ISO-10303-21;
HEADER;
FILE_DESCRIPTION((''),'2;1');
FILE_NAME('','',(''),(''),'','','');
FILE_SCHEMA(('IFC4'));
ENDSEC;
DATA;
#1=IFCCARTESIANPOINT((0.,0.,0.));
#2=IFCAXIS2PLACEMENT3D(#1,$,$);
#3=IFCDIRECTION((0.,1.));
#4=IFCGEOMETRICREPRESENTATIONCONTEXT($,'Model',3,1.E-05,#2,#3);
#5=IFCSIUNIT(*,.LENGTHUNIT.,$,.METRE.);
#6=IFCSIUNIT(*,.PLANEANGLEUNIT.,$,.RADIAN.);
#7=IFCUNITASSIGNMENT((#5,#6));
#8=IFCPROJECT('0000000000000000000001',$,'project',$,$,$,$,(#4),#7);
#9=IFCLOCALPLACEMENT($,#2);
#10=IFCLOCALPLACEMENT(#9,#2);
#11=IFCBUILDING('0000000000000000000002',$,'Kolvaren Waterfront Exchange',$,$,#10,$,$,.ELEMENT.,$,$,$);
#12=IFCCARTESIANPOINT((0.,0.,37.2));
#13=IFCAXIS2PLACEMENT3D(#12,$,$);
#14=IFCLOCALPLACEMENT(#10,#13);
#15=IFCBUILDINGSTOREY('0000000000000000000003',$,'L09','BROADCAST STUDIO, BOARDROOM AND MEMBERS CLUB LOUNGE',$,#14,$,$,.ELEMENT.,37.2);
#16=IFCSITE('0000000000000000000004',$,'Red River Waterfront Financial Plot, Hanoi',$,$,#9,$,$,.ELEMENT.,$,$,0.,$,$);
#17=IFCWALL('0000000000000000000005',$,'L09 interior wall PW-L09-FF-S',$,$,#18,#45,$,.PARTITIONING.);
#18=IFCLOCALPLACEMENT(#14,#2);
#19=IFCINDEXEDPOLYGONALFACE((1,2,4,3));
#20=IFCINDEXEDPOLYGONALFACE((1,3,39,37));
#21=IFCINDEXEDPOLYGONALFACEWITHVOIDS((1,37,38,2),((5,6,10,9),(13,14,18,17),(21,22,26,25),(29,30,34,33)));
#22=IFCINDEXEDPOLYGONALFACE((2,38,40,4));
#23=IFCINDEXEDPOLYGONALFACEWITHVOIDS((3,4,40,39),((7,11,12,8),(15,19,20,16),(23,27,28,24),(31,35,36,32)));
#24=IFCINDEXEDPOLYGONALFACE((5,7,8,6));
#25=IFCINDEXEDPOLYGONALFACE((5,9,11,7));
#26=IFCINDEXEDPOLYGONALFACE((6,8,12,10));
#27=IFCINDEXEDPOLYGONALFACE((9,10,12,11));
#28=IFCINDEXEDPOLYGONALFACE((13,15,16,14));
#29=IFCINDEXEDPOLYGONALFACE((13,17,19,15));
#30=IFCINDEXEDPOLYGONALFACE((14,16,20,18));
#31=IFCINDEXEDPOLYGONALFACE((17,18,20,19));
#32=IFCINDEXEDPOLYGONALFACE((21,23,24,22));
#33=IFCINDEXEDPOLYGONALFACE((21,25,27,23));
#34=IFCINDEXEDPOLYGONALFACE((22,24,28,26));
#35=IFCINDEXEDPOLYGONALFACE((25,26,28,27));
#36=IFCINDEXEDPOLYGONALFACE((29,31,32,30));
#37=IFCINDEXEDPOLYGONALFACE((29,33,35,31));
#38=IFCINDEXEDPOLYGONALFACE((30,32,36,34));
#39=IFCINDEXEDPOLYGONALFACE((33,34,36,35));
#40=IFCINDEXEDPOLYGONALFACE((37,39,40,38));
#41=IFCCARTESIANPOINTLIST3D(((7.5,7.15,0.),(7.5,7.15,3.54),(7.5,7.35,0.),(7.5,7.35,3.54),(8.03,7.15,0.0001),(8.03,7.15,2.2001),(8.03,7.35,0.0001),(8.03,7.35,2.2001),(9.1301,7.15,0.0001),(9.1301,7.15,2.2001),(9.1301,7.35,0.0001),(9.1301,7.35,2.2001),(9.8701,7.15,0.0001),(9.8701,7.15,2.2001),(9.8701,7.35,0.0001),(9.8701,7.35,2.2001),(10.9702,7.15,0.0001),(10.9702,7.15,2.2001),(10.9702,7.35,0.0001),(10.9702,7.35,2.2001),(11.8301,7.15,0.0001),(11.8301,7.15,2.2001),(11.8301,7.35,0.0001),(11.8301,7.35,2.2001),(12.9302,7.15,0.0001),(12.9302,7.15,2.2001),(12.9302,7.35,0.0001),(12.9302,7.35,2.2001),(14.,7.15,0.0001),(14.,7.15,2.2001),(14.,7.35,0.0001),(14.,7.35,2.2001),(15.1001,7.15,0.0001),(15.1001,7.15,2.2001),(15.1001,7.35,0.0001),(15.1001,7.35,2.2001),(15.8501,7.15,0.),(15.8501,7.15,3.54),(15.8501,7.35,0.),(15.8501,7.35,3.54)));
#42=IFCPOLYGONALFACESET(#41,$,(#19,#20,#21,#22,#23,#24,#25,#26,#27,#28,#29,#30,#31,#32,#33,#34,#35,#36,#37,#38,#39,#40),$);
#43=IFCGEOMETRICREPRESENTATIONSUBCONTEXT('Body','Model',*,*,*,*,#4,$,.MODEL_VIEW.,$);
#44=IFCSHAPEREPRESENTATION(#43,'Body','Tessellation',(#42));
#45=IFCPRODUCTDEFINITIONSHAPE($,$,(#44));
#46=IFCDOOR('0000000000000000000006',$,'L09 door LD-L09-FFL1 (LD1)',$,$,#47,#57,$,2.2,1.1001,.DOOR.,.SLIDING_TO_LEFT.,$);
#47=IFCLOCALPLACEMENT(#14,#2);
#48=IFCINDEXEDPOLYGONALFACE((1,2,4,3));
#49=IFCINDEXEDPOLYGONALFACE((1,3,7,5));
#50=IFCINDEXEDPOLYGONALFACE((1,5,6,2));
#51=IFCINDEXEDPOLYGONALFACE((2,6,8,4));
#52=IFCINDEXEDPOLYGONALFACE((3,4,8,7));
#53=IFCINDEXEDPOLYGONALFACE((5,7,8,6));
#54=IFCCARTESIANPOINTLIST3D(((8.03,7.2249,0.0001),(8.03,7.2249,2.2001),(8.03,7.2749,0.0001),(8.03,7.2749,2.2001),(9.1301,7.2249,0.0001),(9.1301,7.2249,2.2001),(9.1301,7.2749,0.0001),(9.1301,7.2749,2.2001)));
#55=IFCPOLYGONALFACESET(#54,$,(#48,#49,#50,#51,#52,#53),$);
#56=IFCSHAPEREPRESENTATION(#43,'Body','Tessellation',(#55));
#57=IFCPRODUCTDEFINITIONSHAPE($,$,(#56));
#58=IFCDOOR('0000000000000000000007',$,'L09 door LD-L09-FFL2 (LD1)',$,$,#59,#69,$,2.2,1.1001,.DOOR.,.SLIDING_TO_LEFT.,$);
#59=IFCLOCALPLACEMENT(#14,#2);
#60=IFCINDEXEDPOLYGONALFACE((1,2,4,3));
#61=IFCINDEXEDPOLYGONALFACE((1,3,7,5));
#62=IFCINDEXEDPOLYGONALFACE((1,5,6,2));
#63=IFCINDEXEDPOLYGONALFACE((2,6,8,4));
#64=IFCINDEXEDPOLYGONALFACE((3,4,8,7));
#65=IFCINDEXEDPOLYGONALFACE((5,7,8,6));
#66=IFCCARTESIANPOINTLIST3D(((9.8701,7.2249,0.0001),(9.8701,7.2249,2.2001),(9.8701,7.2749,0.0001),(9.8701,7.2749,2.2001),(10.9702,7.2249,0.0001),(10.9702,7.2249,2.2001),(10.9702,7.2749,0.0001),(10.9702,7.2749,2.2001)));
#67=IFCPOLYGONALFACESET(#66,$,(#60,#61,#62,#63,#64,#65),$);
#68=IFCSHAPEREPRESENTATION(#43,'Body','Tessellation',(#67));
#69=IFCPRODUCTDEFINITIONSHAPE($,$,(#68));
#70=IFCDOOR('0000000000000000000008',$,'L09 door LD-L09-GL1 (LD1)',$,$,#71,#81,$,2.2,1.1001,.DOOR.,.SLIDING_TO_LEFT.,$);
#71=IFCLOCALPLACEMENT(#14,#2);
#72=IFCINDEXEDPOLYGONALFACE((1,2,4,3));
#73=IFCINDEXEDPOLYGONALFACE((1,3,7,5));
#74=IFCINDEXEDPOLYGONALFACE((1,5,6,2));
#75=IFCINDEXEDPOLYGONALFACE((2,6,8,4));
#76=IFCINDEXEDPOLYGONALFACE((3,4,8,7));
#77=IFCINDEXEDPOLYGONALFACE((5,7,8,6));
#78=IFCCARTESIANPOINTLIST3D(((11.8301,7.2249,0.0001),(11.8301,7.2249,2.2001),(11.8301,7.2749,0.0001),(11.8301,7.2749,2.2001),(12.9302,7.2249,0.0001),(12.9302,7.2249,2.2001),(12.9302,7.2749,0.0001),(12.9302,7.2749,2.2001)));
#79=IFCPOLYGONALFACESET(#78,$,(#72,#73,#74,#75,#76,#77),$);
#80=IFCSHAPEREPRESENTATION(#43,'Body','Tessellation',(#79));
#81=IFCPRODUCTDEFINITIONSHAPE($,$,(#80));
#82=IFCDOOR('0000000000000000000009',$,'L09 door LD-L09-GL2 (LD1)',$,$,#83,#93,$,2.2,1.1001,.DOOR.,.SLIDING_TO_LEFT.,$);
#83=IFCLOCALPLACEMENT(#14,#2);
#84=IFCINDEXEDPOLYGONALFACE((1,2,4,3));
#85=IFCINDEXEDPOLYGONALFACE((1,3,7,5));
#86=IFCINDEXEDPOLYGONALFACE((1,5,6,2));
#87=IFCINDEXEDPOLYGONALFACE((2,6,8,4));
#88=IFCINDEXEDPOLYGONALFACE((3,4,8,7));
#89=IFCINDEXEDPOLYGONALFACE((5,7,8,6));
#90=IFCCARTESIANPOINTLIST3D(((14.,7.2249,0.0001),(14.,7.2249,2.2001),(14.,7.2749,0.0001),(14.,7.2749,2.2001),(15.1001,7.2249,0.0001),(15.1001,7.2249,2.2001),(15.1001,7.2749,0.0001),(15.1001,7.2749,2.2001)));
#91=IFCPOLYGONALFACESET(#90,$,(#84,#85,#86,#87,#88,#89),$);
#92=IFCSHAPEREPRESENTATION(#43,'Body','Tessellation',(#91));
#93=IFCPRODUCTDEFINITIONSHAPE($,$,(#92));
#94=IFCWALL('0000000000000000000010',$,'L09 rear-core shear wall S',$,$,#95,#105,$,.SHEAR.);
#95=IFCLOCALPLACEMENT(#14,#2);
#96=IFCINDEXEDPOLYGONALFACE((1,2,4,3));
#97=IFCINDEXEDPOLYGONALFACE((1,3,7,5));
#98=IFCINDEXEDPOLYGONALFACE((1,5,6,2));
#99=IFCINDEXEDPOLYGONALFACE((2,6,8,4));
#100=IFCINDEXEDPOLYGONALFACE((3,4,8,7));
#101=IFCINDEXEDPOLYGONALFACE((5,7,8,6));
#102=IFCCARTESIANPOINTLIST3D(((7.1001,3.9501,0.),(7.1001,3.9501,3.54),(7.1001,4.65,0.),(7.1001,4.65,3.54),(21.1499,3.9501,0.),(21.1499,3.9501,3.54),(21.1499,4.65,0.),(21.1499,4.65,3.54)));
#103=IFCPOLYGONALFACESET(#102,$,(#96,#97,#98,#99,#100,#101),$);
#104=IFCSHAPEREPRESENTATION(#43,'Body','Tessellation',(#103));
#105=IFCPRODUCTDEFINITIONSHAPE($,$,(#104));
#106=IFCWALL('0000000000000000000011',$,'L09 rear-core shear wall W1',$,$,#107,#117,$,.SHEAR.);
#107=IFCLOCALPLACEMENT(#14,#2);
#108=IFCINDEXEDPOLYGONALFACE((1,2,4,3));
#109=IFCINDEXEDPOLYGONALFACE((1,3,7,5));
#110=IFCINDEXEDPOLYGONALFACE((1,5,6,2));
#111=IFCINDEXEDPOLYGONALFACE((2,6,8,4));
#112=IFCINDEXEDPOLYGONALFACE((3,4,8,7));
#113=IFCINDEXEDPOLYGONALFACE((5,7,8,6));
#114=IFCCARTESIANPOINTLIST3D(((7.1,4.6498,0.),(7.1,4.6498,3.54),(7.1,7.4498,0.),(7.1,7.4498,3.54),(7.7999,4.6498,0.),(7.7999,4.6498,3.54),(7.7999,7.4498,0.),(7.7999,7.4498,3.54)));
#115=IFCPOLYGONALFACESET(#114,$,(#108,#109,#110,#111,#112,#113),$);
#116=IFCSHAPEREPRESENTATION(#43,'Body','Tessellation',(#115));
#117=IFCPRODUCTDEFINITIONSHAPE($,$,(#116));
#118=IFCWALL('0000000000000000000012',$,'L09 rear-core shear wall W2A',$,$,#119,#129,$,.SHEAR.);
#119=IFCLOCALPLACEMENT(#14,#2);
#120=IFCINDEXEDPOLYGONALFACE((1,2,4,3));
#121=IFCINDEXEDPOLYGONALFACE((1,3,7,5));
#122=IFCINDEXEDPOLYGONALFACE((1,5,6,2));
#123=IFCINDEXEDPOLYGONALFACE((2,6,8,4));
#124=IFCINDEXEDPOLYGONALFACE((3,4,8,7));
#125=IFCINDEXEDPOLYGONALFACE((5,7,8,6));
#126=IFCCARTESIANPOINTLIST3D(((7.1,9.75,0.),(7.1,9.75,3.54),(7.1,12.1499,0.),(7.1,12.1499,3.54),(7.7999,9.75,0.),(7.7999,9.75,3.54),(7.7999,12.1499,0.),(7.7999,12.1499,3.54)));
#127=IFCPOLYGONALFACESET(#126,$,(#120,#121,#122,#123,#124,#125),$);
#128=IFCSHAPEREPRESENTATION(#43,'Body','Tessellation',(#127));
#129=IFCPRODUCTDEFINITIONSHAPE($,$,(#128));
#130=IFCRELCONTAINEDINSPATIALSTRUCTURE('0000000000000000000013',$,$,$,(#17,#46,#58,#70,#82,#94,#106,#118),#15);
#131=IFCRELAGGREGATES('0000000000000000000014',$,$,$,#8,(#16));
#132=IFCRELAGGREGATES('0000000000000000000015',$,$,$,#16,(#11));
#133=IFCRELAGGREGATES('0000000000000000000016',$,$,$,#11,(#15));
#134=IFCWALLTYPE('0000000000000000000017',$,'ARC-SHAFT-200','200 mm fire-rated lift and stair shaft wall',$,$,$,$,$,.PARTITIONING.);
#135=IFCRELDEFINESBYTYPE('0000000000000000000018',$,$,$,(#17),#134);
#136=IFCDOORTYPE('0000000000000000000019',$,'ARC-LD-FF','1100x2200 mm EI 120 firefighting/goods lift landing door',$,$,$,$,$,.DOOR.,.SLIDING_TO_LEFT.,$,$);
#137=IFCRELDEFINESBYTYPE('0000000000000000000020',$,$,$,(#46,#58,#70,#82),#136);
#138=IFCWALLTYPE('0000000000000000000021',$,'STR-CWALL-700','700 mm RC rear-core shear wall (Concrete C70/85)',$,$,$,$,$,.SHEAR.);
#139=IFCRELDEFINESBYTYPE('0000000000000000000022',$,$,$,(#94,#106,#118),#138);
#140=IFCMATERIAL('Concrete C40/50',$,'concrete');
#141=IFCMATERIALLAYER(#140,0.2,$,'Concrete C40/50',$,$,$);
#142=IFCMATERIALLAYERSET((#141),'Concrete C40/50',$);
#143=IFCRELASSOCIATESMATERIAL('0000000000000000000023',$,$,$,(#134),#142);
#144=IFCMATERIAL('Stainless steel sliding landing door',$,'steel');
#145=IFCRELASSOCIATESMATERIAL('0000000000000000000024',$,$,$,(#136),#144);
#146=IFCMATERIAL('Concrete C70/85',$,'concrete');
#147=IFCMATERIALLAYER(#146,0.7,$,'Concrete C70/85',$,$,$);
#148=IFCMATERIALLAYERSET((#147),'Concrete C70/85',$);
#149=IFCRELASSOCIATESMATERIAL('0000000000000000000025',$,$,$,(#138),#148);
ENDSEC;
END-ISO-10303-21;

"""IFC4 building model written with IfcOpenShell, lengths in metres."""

from ifc_helpers import new_model, si_unit, direction, frame, frame_2d, origin, place, context, subcontext, project, spatial, rectangle, extrude, material, layer, layer_set, type_object, element, fill, save


model = new_model("IFC4")

# Units and contexts
model_context = context("Model", 3, precision=1e-05, world=origin(), true_north=direction((0.0, 1.0)))
body_context = subcontext(model_context, "Body", "Model", "MODEL_VIEW")
ifc_project = project(units=[si_unit("LENGTHUNIT", "METRE"), si_unit("PLANEANGLEUNIT", "RADIAN")], contexts=[model_context])

# Site, building, storey
site_placement = place(None, origin())
site = spatial("IfcSite", under=ifc_project, at=site_placement, Name="Red River Waterfront Financial Plot, Hanoi", CompositionType="ELEMENT", RefElevation=0.0)
building_placement = place(site_placement, origin())
building = spatial("IfcBuilding", under=site, at=building_placement, Name="Kolvaren Waterfront Exchange", CompositionType="ELEMENT")
storey_placement = place(building_placement, frame((0.0, 0.0, 37.2)))
storey = spatial("IfcBuildingStorey", under=building, at=storey_placement, Name="L09", Description="BROADCAST STUDIO, BOARDROOM AND MEMBERS CLUB LOUNGE", CompositionType="ELEMENT", Elevation=37.2)

# Shared definitions
ifc_material_1 = material(Name="Concrete C70/85", Category="concrete")

# Wall, openings, doors
ifc_material_2 = material(Name="Concrete C40/50", Category="concrete")
ifc_layer_1 = layer(ifc_material_2, 0.2, Name="Concrete C40/50")
ifc_layer_set_1 = layer_set([ifc_layer_1], Name="Concrete C40/50")
wall_type_1 = type_object("IfcWallType", Name="ARC-SHAFT-200", Description="200 mm fire-rated lift and stair shaft wall", PredefinedType="PARTITIONING", material=ifc_layer_set_1)
wall_1_placement = place(storey_placement, frame((7.5, 7.25, 0.0), z_axis=(0.0, 0.0, 1.0), x_axis=(1.0, 0.0, 0.0)))
wall_1 = element("IfcWall", 1, at=wall_1_placement, inside=storey, type_object=wall_type_1, Name="L09 interior wall PW-L09-FF-S", PredefinedType="PARTITIONING", context=body_context, shape_type="SweptSolid", body=[
    extrude(rectangle(XDim=8.3501, YDim=0.2, at=frame_2d((4.175, 0.0))), origin(), (0.0, 0.0, 1.0), 3.54),
])
opening_1_placement = place(wall_1_placement, frame((0.53, 0.0, 0.0)))
opening_1 = element("IfcOpeningElement", 2, at=opening_1_placement, cuts=wall_1, PredefinedType="OPENING", context=body_context, shape_type="SweptSolid", body=[
    extrude(rectangle(XDim=1.1001, YDim=2.2, at=frame_2d((0.55, 1.1001))), frame((0.0, 0.1099, 0.0), z_axis=(0.0, -1.0, 0.0), x_axis=(1.0, 0.0, 0.0)), (0.0, 0.0, 1.0), 0.22),
])
opening_2_placement = place(wall_1_placement, frame((2.3701, 0.0, 0.0)))
opening_2 = element("IfcOpeningElement", 3, at=opening_2_placement, cuts=wall_1, PredefinedType="OPENING", context=body_context, shape_type="SweptSolid", body=[
    extrude(rectangle(XDim=1.1001, YDim=2.2, at=frame_2d((0.55, 1.1001))), frame((0.0, 0.1099, 0.0), z_axis=(0.0, -1.0, 0.0), x_axis=(1.0, 0.0, 0.0)), (0.0, 0.0, 1.0), 0.22),
])
opening_3_placement = place(wall_1_placement, frame((4.3301, 0.0, 0.0)))
opening_3 = element("IfcOpeningElement", 4, at=opening_3_placement, cuts=wall_1, PredefinedType="OPENING", context=body_context, shape_type="SweptSolid", body=[
    extrude(rectangle(XDim=1.1001, YDim=2.2, at=frame_2d((0.55, 1.1001))), frame((0.0, 0.1099, 0.0), z_axis=(0.0, -1.0, 0.0), x_axis=(1.0, 0.0, 0.0)), (0.0, 0.0, 1.0), 0.22),
])
opening_4_placement = place(wall_1_placement, frame((6.5, 0.0, 0.0)))
opening_4 = element("IfcOpeningElement", 5, at=opening_4_placement, cuts=wall_1, PredefinedType="OPENING", context=body_context, shape_type="SweptSolid", body=[
    extrude(rectangle(XDim=1.1001, YDim=2.2, at=frame_2d((0.55, 1.1001))), frame((0.0, 0.1099, 0.0), z_axis=(0.0, -1.0, 0.0), x_axis=(1.0, 0.0, 0.0)), (0.0, 0.0, 1.0), 0.22),
])
ifc_material_3 = material(Name="Stainless steel sliding landing door", Category="steel")
door_type_1 = type_object("IfcDoorType", Name="ARC-LD-FF", Description="1100x2200 mm EI 120 firefighting/goods lift landing door", OperationType="SLIDING_TO_LEFT", PredefinedType="DOOR", material=ifc_material_3)
door_1_placement = place(opening_1_placement, origin())
door_1 = element("IfcDoor", 6, at=door_1_placement, inside=storey, type_object=door_type_1, Name="L09 door LD-L09-FFL1 (LD1)", OperationType="SLIDING_TO_LEFT", OverallHeight=2.2, OverallWidth=1.1001, PredefinedType="DOOR", context=body_context, shape_type="SweptSolid", body=[
    extrude(rectangle(XDim=1.1001, YDim=2.2, at=frame_2d((0.55, 1.1001))), frame((0.0, 0.0249, 0.0), z_axis=(0.0, -1.0, 0.0), x_axis=(1.0, 0.0, 0.0)), (0.0, 0.0, 1.0), 0.05),
])
fill(opening_1, door_1)
door_2_placement = place(opening_2_placement, origin())
door_2 = element("IfcDoor", 7, at=door_2_placement, inside=storey, type_object=door_type_1, Name="L09 door LD-L09-FFL2 (LD1)", OperationType="SLIDING_TO_LEFT", OverallHeight=2.2, OverallWidth=1.1001, PredefinedType="DOOR", context=body_context, shape_type="SweptSolid", body=[
    extrude(rectangle(XDim=1.1001, YDim=2.2, at=frame_2d((0.55, 1.1001))), frame((0.0, 0.0249, 0.0), z_axis=(0.0, -1.0, 0.0), x_axis=(1.0, 0.0, 0.0)), (0.0, 0.0, 1.0), 0.05),
])
fill(opening_2, door_2)
door_3_placement = place(opening_3_placement, origin())
door_3 = element("IfcDoor", 8, at=door_3_placement, inside=storey, type_object=door_type_1, Name="L09 door LD-L09-GL1 (LD1)", OperationType="SLIDING_TO_LEFT", OverallHeight=2.2, OverallWidth=1.1001, PredefinedType="DOOR", context=body_context, shape_type="SweptSolid", body=[
    extrude(rectangle(XDim=1.1001, YDim=2.2, at=frame_2d((0.55, 1.1001))), frame((0.0, 0.0249, 0.0), z_axis=(0.0, -1.0, 0.0), x_axis=(1.0, 0.0, 0.0)), (0.0, 0.0, 1.0), 0.05),
])
fill(opening_3, door_3)
door_4_placement = place(opening_4_placement, origin())
door_4 = element("IfcDoor", 9, at=door_4_placement, inside=storey, type_object=door_type_1, Name="L09 door LD-L09-GL2 (LD1)", OperationType="SLIDING_TO_LEFT", OverallHeight=2.2, OverallWidth=1.1001, PredefinedType="DOOR", context=body_context, shape_type="SweptSolid", body=[
    extrude(rectangle(XDim=1.1001, YDim=2.2, at=frame_2d((0.55, 1.1001))), frame((0.0, 0.0249, 0.0), z_axis=(0.0, -1.0, 0.0), x_axis=(1.0, 0.0, 0.0)), (0.0, 0.0, 1.0), 0.05),
])
fill(opening_4, door_4)

# Walls
ifc_layer_2 = layer(ifc_material_1, 0.7, Name="Concrete C70/85")
ifc_layer_set_2 = layer_set([ifc_layer_2], Name="Concrete C70/85")
wall_type_2 = type_object("IfcWallType", Name="STR-CWALL-700", Description="700 mm RC rear-core shear wall (Concrete C70/85)", PredefinedType="SHEAR", material=ifc_layer_set_2)
wall_2_placement = place(storey_placement, frame((7.1001, 4.3, 0.0), z_axis=(0.0, 0.0, 1.0), x_axis=(1.0, 0.0, 0.0)))
element("IfcWall", 10, at=wall_2_placement, inside=storey, type_object=wall_type_2, Name="L09 rear-core shear wall S", PredefinedType="SHEAR", context=body_context, shape_type="SweptSolid", body=[
    extrude(rectangle(XDim=14.0498, YDim=0.7, at=frame_2d((7.0249, 0.0))), origin(), (0.0, 0.0, 1.0), 3.54),
])
wall_3_placement = place(storey_placement, frame((7.45, 4.6499, 0.0), z_axis=(0.0, 0.0, 1.0), x_axis=(0.0, 1.0, 0.0)))
element("IfcWall", 11, at=wall_3_placement, inside=storey, type_object=wall_type_2, Name="L09 rear-core shear wall W1", PredefinedType="SHEAR", context=body_context, shape_type="SweptSolid", body=[
    extrude(rectangle(XDim=2.8, YDim=0.7, at=frame_2d((1.3999, 0.0))), origin(), (0.0, 0.0, 1.0), 3.54),
])
wall_4_placement = place(storey_placement, frame((7.45, 9.75, 0.0), z_axis=(0.0, 0.0, 1.0), x_axis=(0.0, 1.0, 0.0)))
element("IfcWall", 12, at=wall_4_placement, inside=storey, type_object=wall_type_2, Name="L09 rear-core shear wall W2A", PredefinedType="SHEAR", context=body_context, shape_type="SweptSolid", body=[
    extrude(rectangle(XDim=2.3999, YDim=0.7, at=frame_2d((1.2, 0.0))), origin(), (0.0, 0.0, 1.0), 3.54),
])

save(model, "model.ifc")
